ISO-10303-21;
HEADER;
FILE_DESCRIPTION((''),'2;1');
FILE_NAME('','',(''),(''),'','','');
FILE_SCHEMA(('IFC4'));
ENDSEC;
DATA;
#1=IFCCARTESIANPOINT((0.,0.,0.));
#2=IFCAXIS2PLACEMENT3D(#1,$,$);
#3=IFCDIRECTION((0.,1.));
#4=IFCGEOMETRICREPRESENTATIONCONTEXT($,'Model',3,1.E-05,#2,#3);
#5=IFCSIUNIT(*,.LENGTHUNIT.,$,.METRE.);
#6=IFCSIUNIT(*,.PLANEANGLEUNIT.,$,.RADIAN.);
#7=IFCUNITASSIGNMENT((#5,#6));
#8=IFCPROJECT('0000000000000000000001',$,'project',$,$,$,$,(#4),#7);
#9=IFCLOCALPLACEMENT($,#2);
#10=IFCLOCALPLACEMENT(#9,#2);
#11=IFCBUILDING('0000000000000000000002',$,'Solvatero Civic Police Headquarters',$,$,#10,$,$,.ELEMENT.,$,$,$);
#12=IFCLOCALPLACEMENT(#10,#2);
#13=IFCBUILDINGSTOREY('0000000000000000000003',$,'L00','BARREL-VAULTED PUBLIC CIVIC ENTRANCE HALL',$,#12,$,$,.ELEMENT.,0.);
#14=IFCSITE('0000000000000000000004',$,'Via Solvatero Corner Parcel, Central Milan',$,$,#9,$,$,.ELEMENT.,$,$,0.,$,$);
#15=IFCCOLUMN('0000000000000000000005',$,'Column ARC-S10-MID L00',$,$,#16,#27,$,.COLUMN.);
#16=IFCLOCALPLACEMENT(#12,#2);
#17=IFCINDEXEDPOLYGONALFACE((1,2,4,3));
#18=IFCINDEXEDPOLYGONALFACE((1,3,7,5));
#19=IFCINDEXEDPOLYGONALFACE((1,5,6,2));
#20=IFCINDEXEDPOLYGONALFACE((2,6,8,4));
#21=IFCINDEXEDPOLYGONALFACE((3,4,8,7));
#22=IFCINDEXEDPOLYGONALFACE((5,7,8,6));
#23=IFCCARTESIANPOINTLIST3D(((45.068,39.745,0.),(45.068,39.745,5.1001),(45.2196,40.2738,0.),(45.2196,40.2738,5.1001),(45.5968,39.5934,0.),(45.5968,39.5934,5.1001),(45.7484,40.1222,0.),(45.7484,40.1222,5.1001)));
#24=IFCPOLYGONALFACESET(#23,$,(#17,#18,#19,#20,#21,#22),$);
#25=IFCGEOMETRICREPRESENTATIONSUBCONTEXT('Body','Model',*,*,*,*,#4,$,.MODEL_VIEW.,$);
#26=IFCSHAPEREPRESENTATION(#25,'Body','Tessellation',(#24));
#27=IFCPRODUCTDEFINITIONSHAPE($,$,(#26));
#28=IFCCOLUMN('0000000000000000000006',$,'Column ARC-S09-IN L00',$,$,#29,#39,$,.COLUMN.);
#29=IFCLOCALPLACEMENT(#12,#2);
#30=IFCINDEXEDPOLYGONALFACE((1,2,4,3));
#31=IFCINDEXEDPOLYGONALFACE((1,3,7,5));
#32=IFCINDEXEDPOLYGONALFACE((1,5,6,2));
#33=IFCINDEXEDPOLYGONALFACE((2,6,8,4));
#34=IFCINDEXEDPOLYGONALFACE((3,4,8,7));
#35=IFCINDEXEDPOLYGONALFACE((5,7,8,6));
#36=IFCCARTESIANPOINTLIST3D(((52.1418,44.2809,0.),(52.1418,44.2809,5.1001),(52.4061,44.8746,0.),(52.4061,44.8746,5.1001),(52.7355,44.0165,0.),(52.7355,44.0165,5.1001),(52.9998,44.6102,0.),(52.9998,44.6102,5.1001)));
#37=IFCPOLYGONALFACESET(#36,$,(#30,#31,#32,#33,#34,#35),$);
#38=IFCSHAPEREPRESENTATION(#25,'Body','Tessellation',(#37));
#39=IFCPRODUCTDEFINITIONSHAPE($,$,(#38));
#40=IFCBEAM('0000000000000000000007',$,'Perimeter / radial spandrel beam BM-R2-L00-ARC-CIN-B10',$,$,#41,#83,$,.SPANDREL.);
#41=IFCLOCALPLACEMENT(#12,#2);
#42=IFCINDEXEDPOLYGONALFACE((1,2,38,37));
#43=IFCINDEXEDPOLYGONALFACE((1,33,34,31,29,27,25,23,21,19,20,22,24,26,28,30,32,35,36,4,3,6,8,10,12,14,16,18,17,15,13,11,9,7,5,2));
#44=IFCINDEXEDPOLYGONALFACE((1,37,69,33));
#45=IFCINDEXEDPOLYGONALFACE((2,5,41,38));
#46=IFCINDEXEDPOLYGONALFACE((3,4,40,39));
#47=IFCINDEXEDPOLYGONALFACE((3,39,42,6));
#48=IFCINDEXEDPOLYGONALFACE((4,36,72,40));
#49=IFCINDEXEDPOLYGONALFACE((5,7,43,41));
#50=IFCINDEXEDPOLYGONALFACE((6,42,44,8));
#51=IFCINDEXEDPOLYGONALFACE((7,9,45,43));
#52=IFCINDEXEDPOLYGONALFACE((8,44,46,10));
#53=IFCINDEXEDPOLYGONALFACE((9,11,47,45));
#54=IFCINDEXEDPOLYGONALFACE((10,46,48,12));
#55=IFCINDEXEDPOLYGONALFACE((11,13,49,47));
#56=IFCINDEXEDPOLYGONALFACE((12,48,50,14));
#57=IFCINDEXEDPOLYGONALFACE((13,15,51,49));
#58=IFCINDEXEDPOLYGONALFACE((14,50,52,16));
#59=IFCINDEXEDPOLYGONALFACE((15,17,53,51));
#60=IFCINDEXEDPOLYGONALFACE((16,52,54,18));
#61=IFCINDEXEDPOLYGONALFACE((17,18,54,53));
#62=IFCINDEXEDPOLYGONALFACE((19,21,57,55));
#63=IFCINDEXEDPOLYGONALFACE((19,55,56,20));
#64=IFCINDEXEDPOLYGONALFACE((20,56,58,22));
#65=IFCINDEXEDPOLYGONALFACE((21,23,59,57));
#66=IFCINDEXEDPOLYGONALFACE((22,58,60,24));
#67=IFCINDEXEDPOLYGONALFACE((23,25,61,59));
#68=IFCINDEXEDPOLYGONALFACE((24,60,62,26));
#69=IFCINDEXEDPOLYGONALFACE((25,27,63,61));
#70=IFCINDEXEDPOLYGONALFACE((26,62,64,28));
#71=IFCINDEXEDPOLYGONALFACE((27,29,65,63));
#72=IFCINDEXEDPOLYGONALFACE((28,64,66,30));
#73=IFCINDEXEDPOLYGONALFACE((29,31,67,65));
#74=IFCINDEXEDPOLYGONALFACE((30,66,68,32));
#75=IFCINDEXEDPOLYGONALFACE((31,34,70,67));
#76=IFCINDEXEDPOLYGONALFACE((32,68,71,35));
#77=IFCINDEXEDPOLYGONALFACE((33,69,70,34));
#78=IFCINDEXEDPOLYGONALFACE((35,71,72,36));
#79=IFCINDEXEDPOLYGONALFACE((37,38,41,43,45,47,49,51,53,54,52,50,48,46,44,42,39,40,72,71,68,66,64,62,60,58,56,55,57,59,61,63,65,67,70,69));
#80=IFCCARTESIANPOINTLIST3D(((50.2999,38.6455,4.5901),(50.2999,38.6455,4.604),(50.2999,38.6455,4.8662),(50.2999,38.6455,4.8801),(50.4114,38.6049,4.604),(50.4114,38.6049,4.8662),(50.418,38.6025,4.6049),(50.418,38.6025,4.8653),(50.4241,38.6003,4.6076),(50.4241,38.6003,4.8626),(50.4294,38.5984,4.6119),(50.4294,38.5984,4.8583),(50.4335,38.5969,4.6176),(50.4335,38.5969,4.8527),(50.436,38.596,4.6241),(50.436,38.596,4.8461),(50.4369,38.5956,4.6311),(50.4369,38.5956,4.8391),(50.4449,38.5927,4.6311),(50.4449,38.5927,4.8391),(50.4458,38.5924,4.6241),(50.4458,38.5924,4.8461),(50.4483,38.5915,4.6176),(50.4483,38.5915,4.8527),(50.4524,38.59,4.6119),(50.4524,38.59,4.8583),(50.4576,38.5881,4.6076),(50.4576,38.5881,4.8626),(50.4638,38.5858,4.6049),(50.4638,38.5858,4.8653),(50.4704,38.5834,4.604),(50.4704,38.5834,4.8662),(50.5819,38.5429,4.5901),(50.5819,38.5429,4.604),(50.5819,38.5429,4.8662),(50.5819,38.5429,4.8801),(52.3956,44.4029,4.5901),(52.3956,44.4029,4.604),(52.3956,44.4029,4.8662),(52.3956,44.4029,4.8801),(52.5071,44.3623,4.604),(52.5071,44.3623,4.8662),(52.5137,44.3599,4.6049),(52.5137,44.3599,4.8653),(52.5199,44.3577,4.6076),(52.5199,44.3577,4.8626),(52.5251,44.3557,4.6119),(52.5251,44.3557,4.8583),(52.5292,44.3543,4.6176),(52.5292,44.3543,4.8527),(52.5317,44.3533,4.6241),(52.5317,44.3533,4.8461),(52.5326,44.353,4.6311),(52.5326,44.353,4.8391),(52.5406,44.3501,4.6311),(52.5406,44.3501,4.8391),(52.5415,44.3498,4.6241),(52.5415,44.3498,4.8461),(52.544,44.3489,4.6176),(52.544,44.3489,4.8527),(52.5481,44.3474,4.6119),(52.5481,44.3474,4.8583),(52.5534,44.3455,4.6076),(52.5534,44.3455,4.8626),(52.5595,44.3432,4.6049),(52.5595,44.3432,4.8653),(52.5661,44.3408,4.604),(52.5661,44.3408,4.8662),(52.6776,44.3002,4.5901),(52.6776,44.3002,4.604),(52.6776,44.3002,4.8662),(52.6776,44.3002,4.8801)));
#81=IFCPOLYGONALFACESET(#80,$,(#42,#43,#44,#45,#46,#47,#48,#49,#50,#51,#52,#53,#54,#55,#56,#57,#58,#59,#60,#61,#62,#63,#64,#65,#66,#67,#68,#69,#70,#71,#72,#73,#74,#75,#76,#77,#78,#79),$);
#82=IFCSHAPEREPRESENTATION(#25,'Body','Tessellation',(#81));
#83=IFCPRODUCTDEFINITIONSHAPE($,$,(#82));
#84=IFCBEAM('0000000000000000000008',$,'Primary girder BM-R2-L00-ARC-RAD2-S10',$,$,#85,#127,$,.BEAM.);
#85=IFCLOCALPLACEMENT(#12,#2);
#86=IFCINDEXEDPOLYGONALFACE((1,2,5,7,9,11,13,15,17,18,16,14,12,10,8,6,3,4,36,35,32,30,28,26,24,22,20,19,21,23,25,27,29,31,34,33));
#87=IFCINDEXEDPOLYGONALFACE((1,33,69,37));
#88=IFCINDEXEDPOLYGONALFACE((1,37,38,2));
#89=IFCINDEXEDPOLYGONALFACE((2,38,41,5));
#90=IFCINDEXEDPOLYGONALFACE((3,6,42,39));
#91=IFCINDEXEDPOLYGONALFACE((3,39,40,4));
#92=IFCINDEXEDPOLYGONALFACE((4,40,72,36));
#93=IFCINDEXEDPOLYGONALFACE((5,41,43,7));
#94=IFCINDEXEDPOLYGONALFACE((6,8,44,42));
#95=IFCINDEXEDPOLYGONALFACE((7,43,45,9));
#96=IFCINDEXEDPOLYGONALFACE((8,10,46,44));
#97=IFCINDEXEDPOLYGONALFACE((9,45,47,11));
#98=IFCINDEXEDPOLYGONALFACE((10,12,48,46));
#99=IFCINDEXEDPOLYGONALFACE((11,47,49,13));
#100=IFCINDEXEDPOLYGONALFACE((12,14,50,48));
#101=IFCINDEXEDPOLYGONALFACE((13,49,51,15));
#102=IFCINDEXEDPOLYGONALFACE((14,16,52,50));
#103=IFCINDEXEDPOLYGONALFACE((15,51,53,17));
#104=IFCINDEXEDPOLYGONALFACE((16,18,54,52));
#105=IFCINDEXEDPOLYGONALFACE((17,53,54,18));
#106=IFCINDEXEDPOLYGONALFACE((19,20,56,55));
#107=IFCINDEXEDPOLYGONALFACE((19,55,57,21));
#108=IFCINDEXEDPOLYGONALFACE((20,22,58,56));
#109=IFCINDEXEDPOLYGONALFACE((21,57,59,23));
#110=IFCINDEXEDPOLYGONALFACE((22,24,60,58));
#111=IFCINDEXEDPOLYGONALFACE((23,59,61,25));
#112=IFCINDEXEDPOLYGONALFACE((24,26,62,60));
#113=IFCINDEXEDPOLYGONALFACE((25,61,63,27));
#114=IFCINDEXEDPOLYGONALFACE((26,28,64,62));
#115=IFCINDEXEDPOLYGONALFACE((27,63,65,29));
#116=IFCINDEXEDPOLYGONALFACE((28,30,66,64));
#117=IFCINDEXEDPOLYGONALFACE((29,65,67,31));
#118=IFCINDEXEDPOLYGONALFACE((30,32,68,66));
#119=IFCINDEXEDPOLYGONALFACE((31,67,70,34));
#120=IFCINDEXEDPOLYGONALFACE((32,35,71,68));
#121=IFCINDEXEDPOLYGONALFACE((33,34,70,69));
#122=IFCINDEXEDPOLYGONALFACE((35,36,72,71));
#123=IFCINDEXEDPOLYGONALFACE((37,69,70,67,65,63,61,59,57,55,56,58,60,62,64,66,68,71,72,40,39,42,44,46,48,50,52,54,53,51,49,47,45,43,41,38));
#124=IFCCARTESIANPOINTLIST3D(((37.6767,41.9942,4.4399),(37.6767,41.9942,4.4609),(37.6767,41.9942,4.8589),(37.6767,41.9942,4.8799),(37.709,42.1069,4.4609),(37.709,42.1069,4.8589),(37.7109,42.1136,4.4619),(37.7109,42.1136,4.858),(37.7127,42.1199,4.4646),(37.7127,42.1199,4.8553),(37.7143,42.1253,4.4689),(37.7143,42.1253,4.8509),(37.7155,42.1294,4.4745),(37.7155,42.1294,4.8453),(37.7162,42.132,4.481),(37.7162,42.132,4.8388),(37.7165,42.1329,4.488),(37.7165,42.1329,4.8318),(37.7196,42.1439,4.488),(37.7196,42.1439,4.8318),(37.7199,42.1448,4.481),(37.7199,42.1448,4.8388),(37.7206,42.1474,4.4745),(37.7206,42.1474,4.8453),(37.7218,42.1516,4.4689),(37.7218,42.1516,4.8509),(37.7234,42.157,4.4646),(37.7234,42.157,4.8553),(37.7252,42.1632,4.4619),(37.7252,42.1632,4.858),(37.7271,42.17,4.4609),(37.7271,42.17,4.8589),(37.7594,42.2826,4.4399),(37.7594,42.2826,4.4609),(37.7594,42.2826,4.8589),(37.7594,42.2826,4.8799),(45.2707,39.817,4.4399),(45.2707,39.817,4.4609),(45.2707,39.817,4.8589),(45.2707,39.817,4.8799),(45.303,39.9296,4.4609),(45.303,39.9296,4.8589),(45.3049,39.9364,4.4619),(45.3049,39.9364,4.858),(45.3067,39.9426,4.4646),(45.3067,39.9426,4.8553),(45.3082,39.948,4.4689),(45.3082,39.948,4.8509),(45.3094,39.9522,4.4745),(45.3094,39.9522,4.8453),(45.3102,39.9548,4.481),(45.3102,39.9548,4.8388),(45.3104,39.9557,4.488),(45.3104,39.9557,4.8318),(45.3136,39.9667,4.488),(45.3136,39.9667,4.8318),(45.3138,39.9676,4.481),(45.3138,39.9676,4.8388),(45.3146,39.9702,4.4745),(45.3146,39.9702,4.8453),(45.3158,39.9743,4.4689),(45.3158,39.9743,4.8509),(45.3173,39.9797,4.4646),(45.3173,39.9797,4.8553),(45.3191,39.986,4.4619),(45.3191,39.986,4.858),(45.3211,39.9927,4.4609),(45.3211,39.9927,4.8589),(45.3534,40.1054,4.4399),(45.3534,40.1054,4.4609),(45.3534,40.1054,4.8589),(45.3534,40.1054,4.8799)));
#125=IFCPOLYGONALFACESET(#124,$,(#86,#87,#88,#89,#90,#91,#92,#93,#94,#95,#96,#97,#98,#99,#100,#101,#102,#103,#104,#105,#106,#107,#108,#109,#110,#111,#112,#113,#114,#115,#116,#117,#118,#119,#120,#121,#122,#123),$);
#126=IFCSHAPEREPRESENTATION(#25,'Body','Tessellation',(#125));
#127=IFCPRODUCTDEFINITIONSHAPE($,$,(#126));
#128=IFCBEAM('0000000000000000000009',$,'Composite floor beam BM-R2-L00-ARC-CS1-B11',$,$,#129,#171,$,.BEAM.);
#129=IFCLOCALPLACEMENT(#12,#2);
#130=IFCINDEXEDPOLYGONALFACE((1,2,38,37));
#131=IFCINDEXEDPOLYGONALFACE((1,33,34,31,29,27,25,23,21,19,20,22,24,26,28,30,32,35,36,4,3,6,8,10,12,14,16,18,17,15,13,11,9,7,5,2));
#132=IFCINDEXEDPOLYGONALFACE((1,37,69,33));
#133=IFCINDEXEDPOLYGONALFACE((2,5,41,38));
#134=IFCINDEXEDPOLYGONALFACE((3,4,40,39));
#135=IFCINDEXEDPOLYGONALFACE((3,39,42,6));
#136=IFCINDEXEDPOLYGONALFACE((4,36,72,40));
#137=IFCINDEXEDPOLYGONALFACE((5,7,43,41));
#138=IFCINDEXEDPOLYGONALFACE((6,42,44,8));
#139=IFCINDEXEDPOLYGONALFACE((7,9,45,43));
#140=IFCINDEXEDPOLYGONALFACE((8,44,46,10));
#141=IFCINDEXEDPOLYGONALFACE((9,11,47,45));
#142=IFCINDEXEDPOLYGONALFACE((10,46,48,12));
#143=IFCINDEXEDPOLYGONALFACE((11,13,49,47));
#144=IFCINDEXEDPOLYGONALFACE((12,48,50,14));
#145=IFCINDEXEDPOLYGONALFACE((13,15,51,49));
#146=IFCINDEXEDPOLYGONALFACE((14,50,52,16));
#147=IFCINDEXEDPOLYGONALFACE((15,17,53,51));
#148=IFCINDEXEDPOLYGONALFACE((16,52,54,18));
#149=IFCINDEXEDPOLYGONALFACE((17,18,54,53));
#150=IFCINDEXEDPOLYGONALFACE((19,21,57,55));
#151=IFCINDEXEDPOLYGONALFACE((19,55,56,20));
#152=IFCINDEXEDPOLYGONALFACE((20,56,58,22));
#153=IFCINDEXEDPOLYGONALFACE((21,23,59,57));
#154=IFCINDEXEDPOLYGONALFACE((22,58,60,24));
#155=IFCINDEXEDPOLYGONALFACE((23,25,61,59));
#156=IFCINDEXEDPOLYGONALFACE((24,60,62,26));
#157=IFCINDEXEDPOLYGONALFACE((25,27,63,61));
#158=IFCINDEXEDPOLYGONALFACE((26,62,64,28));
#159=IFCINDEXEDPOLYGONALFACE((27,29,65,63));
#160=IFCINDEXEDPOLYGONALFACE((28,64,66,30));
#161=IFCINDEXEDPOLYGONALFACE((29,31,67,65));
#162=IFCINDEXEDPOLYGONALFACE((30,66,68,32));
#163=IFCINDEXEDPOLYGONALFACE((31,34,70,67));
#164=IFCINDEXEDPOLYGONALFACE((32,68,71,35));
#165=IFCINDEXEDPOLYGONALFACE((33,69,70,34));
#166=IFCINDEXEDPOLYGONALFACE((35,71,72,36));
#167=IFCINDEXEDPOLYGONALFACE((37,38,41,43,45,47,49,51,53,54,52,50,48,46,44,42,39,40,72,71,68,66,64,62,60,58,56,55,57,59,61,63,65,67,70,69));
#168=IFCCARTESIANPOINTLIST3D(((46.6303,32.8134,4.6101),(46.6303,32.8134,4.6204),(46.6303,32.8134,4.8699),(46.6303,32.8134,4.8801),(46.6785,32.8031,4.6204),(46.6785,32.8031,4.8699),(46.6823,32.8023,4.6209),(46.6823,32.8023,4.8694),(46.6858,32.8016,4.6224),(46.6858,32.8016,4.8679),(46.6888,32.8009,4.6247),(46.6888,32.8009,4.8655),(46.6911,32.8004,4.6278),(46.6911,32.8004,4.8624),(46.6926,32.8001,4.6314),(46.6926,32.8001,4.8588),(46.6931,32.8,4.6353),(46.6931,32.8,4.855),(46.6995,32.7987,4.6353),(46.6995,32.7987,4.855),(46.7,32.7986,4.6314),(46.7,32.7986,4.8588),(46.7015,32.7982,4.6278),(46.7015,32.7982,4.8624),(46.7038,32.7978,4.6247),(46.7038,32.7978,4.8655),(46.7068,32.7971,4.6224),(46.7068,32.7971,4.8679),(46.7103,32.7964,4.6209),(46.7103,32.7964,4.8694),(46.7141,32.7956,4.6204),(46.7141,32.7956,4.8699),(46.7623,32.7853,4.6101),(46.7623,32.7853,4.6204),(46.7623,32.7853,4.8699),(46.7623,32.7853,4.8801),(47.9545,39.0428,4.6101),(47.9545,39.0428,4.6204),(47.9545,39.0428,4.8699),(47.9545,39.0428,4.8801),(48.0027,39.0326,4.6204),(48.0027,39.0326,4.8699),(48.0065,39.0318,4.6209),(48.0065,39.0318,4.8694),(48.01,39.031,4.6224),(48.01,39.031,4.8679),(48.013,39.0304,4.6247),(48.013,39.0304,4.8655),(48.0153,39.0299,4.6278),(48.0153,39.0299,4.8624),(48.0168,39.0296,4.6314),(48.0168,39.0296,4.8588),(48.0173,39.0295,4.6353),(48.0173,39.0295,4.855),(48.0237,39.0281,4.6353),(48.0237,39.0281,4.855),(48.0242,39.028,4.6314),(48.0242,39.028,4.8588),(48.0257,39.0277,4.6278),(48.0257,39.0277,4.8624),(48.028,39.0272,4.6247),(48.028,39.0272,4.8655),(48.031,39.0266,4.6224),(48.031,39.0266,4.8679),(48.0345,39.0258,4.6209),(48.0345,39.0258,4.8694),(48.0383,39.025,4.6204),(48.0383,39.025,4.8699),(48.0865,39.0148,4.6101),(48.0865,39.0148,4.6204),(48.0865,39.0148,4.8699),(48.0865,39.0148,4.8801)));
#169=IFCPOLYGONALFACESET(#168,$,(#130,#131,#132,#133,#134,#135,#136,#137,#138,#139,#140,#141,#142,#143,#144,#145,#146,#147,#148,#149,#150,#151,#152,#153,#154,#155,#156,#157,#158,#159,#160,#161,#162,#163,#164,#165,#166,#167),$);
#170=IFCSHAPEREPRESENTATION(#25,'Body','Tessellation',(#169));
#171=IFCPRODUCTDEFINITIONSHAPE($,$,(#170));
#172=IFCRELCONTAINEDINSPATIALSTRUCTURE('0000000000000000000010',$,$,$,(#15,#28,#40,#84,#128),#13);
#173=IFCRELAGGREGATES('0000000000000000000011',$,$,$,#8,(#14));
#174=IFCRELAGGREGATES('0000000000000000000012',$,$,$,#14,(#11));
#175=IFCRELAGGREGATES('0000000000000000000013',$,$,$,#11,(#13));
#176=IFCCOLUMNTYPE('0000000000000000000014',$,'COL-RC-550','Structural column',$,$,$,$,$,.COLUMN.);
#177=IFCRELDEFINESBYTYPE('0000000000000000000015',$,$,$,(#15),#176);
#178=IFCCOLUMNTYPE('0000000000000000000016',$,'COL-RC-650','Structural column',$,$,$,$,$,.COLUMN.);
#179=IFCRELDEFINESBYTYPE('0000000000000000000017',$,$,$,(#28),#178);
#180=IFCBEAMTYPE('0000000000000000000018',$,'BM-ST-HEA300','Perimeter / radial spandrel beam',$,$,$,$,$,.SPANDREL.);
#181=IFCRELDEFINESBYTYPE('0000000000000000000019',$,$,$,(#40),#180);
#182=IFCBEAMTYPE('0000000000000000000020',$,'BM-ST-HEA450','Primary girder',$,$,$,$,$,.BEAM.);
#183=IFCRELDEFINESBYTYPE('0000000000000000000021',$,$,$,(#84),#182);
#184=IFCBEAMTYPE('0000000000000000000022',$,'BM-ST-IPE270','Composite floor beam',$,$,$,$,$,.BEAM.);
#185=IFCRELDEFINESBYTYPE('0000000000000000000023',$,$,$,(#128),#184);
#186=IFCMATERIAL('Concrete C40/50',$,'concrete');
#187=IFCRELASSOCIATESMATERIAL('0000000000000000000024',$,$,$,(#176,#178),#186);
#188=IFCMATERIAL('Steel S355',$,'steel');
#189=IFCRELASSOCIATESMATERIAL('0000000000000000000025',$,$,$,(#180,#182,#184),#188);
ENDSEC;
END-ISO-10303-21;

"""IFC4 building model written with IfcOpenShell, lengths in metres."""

from ifc_helpers import new_model, si_unit, direction, frame, origin, origin_2d, place, context, subcontext, project, spatial, rectangle, i_section, extrude, material, material_profile, profile_set, type_object, element, save


model = new_model("IFC4")

# Units and contexts
model_context = context("Model", 3, precision=1e-05, world=origin(), true_north=direction((0.0, 1.0)))
body_context = subcontext(model_context, "Body", "Model", "MODEL_VIEW")
ifc_project = project(units=[si_unit("LENGTHUNIT", "METRE"), si_unit("PLANEANGLEUNIT", "RADIAN")], contexts=[model_context])

# Site, building, storey
site_placement = place(None, origin())
site = spatial("IfcSite", under=ifc_project, at=site_placement, Name="Via Solvatero Corner Parcel, Central Milan", CompositionType="ELEMENT", RefElevation=0.0)
building_placement = place(site_placement, origin())
building = spatial("IfcBuilding", under=site, at=building_placement, Name="Solvatero Civic Police Headquarters", CompositionType="ELEMENT")
storey_placement = place(building_placement, origin())
storey = spatial("IfcBuildingStorey", under=building, at=storey_placement, Name="L00", Description="BARREL-VAULTED PUBLIC CIVIC ENTRANCE HALL", CompositionType="ELEMENT", Elevation=0.0)

# Columns
ifc_material_1 = material(Name="Concrete C40/50", Category="concrete")
ifc_material_profile_1 = material_profile(ifc_material_1, rectangle(XDim=0.55, YDim=0.55, at=origin_2d()), Name="RC 550x550")
ifc_profile_set_1 = profile_set([ifc_material_profile_1], Name="Concrete C40/50")
column_type_1 = type_object("IfcColumnType", Name="COL-RC-550", Description="Structural column", PredefinedType="COLUMN", material=ifc_profile_set_1)
column_1_placement = place(storey_placement, frame((45.4082, 39.9336, 0.0), z_axis=(0.0, 0.0, 1.0), x_axis=(0.275637, 0.961262, 0.0)))
element("IfcColumn", 1, at=column_1_placement, inside=storey, type_object=column_type_1, Name="Column ARC-S10-MID L00", PredefinedType="COLUMN", context=body_context, shape_type="SweptSolid", body=[
    extrude(rectangle(XDim=0.55, YDim=0.55, at=origin_2d()), origin(), (0.0, 0.0, 1.0), 5.1001),
])
ifc_material_profile_2 = material_profile(ifc_material_1, rectangle(XDim=0.6499, YDim=0.6499, at=origin_2d()), Name="RC 650x650")
ifc_profile_set_2 = profile_set([ifc_material_profile_2], Name="Concrete C40/50")
column_type_2 = type_object("IfcColumnType", Name="COL-RC-650", Description="Structural column", PredefinedType="COLUMN", material=ifc_profile_set_2)
column_2_placement = place(storey_placement, frame((52.5708, 44.4456, 0.0), z_axis=(0.0, 0.0, 1.0), x_axis=(0.406737, 0.913545, 0.0)))
element("IfcColumn", 2, at=column_2_placement, inside=storey, type_object=column_type_2, Name="Column ARC-S09-IN L00", PredefinedType="COLUMN", context=body_context, shape_type="SweptSolid", body=[
    extrude(rectangle(XDim=0.6499, YDim=0.6499, at=origin_2d()), origin(), (0.0, 0.0, 1.0), 5.1001),
])

# Beams
ifc_material_2 = material(Name="Steel S355", Category="steel")
ifc_material_profile_3 = material_profile(ifc_material_2, i_section(OverallWidth=0.3, OverallDepth=0.29, WebThickness=0.0085, FlangeThickness=0.0139, FilletRadius=0.0271, at=origin_2d()), Name="HEA 300")
ifc_profile_set_3 = profile_set([ifc_material_profile_3], Name="Steel S355")
beam_type_1 = type_object("IfcBeamType", Name="BM-ST-HEA300", Description="Perimeter / radial spandrel beam", PredefinedType="SPANDREL", material=ifc_profile_set_3)
beam_1_placement = place(storey_placement, frame((52.5366, 44.3516, 4.7351), z_axis=(-0.34205, -0.939682, 0.0), x_axis=(0.939682, -0.34205, 0.0)))
element("IfcBeam", 3, at=beam_1_placement, inside=storey, type_object=beam_type_1, Name="Perimeter / radial spandrel beam BM-R2-L00-ARC-CIN-B10", PredefinedType="SPANDREL", context=body_context, shape_type="SweptSolid", body=[
    extrude(i_section(OverallWidth=0.3, OverallDepth=0.29, WebThickness=0.0085, FlangeThickness=0.0139, FilletRadius=0.0271, at=origin_2d()), origin(), (0.0, 0.0, 1.0), 6.127),
])
ifc_material_profile_4 = material_profile(ifc_material_2, i_section(OverallWidth=0.3, OverallDepth=0.4399, WebThickness=0.0115, FlangeThickness=0.021, FilletRadius=0.0271, at=origin_2d()), Name="HEA 450")
ifc_profile_set_4 = profile_set([ifc_material_profile_4], Name="Steel S355")
beam_type_2 = type_object("IfcBeamType", Name="BM-ST-HEA450", Description="Primary girder", PredefinedType="BEAM", material=ifc_profile_set_4)
beam_2_placement = place(storey_placement, frame((45.312, 39.9612, 4.6599), z_axis=(-0.961272, 0.275603, 0.0), x_axis=(-0.275603, -0.961272, 0.0)))
element("IfcBeam", 4, at=beam_2_placement, inside=storey, type_object=beam_type_2, Name="Primary girder BM-R2-L00-ARC-RAD2-S10", PredefinedType="BEAM", context=body_context, shape_type="SweptSolid", body=[
    extrude(i_section(OverallWidth=0.3, OverallDepth=0.4399, WebThickness=0.0115, FlangeThickness=0.021, FilletRadius=0.0271, at=origin_2d()), origin(), (0.0, 0.0, 1.0), 7.8999),
])
ifc_material_profile_5 = material_profile(ifc_material_2, i_section(OverallWidth=0.135, OverallDepth=0.27, WebThickness=0.0066, FlangeThickness=0.0103, FilletRadius=0.0149, at=origin_2d()), Name="IPE 270")
ifc_profile_set_5 = profile_set([ifc_material_profile_5], Name="Steel S355")
beam_type_3 = type_object("IfcBeamType", Name="BM-ST-IPE270", Description="Composite floor beam", PredefinedType="BEAM", material=ifc_profile_set_5)
beam_3_placement = place(storey_placement, frame((48.0205, 39.0288, 4.7451), z_axis=(-0.207927, -0.978144, 0.0), x_axis=(0.978144, -0.207927, 0.0)))
element("IfcBeam", 5, at=beam_3_placement, inside=storey, type_object=beam_type_3, Name="Composite floor beam BM-R2-L00-ARC-CS1-B11", PredefinedType="BEAM", context=body_context, shape_type="SweptSolid", body=[
    extrude(i_section(OverallWidth=0.135, OverallDepth=0.27, WebThickness=0.0066, FlangeThickness=0.0103, FilletRadius=0.0149, at=origin_2d()), origin(), (0.0, 0.0, 1.0), 6.3687),
])

save(model, "model.ifc")
